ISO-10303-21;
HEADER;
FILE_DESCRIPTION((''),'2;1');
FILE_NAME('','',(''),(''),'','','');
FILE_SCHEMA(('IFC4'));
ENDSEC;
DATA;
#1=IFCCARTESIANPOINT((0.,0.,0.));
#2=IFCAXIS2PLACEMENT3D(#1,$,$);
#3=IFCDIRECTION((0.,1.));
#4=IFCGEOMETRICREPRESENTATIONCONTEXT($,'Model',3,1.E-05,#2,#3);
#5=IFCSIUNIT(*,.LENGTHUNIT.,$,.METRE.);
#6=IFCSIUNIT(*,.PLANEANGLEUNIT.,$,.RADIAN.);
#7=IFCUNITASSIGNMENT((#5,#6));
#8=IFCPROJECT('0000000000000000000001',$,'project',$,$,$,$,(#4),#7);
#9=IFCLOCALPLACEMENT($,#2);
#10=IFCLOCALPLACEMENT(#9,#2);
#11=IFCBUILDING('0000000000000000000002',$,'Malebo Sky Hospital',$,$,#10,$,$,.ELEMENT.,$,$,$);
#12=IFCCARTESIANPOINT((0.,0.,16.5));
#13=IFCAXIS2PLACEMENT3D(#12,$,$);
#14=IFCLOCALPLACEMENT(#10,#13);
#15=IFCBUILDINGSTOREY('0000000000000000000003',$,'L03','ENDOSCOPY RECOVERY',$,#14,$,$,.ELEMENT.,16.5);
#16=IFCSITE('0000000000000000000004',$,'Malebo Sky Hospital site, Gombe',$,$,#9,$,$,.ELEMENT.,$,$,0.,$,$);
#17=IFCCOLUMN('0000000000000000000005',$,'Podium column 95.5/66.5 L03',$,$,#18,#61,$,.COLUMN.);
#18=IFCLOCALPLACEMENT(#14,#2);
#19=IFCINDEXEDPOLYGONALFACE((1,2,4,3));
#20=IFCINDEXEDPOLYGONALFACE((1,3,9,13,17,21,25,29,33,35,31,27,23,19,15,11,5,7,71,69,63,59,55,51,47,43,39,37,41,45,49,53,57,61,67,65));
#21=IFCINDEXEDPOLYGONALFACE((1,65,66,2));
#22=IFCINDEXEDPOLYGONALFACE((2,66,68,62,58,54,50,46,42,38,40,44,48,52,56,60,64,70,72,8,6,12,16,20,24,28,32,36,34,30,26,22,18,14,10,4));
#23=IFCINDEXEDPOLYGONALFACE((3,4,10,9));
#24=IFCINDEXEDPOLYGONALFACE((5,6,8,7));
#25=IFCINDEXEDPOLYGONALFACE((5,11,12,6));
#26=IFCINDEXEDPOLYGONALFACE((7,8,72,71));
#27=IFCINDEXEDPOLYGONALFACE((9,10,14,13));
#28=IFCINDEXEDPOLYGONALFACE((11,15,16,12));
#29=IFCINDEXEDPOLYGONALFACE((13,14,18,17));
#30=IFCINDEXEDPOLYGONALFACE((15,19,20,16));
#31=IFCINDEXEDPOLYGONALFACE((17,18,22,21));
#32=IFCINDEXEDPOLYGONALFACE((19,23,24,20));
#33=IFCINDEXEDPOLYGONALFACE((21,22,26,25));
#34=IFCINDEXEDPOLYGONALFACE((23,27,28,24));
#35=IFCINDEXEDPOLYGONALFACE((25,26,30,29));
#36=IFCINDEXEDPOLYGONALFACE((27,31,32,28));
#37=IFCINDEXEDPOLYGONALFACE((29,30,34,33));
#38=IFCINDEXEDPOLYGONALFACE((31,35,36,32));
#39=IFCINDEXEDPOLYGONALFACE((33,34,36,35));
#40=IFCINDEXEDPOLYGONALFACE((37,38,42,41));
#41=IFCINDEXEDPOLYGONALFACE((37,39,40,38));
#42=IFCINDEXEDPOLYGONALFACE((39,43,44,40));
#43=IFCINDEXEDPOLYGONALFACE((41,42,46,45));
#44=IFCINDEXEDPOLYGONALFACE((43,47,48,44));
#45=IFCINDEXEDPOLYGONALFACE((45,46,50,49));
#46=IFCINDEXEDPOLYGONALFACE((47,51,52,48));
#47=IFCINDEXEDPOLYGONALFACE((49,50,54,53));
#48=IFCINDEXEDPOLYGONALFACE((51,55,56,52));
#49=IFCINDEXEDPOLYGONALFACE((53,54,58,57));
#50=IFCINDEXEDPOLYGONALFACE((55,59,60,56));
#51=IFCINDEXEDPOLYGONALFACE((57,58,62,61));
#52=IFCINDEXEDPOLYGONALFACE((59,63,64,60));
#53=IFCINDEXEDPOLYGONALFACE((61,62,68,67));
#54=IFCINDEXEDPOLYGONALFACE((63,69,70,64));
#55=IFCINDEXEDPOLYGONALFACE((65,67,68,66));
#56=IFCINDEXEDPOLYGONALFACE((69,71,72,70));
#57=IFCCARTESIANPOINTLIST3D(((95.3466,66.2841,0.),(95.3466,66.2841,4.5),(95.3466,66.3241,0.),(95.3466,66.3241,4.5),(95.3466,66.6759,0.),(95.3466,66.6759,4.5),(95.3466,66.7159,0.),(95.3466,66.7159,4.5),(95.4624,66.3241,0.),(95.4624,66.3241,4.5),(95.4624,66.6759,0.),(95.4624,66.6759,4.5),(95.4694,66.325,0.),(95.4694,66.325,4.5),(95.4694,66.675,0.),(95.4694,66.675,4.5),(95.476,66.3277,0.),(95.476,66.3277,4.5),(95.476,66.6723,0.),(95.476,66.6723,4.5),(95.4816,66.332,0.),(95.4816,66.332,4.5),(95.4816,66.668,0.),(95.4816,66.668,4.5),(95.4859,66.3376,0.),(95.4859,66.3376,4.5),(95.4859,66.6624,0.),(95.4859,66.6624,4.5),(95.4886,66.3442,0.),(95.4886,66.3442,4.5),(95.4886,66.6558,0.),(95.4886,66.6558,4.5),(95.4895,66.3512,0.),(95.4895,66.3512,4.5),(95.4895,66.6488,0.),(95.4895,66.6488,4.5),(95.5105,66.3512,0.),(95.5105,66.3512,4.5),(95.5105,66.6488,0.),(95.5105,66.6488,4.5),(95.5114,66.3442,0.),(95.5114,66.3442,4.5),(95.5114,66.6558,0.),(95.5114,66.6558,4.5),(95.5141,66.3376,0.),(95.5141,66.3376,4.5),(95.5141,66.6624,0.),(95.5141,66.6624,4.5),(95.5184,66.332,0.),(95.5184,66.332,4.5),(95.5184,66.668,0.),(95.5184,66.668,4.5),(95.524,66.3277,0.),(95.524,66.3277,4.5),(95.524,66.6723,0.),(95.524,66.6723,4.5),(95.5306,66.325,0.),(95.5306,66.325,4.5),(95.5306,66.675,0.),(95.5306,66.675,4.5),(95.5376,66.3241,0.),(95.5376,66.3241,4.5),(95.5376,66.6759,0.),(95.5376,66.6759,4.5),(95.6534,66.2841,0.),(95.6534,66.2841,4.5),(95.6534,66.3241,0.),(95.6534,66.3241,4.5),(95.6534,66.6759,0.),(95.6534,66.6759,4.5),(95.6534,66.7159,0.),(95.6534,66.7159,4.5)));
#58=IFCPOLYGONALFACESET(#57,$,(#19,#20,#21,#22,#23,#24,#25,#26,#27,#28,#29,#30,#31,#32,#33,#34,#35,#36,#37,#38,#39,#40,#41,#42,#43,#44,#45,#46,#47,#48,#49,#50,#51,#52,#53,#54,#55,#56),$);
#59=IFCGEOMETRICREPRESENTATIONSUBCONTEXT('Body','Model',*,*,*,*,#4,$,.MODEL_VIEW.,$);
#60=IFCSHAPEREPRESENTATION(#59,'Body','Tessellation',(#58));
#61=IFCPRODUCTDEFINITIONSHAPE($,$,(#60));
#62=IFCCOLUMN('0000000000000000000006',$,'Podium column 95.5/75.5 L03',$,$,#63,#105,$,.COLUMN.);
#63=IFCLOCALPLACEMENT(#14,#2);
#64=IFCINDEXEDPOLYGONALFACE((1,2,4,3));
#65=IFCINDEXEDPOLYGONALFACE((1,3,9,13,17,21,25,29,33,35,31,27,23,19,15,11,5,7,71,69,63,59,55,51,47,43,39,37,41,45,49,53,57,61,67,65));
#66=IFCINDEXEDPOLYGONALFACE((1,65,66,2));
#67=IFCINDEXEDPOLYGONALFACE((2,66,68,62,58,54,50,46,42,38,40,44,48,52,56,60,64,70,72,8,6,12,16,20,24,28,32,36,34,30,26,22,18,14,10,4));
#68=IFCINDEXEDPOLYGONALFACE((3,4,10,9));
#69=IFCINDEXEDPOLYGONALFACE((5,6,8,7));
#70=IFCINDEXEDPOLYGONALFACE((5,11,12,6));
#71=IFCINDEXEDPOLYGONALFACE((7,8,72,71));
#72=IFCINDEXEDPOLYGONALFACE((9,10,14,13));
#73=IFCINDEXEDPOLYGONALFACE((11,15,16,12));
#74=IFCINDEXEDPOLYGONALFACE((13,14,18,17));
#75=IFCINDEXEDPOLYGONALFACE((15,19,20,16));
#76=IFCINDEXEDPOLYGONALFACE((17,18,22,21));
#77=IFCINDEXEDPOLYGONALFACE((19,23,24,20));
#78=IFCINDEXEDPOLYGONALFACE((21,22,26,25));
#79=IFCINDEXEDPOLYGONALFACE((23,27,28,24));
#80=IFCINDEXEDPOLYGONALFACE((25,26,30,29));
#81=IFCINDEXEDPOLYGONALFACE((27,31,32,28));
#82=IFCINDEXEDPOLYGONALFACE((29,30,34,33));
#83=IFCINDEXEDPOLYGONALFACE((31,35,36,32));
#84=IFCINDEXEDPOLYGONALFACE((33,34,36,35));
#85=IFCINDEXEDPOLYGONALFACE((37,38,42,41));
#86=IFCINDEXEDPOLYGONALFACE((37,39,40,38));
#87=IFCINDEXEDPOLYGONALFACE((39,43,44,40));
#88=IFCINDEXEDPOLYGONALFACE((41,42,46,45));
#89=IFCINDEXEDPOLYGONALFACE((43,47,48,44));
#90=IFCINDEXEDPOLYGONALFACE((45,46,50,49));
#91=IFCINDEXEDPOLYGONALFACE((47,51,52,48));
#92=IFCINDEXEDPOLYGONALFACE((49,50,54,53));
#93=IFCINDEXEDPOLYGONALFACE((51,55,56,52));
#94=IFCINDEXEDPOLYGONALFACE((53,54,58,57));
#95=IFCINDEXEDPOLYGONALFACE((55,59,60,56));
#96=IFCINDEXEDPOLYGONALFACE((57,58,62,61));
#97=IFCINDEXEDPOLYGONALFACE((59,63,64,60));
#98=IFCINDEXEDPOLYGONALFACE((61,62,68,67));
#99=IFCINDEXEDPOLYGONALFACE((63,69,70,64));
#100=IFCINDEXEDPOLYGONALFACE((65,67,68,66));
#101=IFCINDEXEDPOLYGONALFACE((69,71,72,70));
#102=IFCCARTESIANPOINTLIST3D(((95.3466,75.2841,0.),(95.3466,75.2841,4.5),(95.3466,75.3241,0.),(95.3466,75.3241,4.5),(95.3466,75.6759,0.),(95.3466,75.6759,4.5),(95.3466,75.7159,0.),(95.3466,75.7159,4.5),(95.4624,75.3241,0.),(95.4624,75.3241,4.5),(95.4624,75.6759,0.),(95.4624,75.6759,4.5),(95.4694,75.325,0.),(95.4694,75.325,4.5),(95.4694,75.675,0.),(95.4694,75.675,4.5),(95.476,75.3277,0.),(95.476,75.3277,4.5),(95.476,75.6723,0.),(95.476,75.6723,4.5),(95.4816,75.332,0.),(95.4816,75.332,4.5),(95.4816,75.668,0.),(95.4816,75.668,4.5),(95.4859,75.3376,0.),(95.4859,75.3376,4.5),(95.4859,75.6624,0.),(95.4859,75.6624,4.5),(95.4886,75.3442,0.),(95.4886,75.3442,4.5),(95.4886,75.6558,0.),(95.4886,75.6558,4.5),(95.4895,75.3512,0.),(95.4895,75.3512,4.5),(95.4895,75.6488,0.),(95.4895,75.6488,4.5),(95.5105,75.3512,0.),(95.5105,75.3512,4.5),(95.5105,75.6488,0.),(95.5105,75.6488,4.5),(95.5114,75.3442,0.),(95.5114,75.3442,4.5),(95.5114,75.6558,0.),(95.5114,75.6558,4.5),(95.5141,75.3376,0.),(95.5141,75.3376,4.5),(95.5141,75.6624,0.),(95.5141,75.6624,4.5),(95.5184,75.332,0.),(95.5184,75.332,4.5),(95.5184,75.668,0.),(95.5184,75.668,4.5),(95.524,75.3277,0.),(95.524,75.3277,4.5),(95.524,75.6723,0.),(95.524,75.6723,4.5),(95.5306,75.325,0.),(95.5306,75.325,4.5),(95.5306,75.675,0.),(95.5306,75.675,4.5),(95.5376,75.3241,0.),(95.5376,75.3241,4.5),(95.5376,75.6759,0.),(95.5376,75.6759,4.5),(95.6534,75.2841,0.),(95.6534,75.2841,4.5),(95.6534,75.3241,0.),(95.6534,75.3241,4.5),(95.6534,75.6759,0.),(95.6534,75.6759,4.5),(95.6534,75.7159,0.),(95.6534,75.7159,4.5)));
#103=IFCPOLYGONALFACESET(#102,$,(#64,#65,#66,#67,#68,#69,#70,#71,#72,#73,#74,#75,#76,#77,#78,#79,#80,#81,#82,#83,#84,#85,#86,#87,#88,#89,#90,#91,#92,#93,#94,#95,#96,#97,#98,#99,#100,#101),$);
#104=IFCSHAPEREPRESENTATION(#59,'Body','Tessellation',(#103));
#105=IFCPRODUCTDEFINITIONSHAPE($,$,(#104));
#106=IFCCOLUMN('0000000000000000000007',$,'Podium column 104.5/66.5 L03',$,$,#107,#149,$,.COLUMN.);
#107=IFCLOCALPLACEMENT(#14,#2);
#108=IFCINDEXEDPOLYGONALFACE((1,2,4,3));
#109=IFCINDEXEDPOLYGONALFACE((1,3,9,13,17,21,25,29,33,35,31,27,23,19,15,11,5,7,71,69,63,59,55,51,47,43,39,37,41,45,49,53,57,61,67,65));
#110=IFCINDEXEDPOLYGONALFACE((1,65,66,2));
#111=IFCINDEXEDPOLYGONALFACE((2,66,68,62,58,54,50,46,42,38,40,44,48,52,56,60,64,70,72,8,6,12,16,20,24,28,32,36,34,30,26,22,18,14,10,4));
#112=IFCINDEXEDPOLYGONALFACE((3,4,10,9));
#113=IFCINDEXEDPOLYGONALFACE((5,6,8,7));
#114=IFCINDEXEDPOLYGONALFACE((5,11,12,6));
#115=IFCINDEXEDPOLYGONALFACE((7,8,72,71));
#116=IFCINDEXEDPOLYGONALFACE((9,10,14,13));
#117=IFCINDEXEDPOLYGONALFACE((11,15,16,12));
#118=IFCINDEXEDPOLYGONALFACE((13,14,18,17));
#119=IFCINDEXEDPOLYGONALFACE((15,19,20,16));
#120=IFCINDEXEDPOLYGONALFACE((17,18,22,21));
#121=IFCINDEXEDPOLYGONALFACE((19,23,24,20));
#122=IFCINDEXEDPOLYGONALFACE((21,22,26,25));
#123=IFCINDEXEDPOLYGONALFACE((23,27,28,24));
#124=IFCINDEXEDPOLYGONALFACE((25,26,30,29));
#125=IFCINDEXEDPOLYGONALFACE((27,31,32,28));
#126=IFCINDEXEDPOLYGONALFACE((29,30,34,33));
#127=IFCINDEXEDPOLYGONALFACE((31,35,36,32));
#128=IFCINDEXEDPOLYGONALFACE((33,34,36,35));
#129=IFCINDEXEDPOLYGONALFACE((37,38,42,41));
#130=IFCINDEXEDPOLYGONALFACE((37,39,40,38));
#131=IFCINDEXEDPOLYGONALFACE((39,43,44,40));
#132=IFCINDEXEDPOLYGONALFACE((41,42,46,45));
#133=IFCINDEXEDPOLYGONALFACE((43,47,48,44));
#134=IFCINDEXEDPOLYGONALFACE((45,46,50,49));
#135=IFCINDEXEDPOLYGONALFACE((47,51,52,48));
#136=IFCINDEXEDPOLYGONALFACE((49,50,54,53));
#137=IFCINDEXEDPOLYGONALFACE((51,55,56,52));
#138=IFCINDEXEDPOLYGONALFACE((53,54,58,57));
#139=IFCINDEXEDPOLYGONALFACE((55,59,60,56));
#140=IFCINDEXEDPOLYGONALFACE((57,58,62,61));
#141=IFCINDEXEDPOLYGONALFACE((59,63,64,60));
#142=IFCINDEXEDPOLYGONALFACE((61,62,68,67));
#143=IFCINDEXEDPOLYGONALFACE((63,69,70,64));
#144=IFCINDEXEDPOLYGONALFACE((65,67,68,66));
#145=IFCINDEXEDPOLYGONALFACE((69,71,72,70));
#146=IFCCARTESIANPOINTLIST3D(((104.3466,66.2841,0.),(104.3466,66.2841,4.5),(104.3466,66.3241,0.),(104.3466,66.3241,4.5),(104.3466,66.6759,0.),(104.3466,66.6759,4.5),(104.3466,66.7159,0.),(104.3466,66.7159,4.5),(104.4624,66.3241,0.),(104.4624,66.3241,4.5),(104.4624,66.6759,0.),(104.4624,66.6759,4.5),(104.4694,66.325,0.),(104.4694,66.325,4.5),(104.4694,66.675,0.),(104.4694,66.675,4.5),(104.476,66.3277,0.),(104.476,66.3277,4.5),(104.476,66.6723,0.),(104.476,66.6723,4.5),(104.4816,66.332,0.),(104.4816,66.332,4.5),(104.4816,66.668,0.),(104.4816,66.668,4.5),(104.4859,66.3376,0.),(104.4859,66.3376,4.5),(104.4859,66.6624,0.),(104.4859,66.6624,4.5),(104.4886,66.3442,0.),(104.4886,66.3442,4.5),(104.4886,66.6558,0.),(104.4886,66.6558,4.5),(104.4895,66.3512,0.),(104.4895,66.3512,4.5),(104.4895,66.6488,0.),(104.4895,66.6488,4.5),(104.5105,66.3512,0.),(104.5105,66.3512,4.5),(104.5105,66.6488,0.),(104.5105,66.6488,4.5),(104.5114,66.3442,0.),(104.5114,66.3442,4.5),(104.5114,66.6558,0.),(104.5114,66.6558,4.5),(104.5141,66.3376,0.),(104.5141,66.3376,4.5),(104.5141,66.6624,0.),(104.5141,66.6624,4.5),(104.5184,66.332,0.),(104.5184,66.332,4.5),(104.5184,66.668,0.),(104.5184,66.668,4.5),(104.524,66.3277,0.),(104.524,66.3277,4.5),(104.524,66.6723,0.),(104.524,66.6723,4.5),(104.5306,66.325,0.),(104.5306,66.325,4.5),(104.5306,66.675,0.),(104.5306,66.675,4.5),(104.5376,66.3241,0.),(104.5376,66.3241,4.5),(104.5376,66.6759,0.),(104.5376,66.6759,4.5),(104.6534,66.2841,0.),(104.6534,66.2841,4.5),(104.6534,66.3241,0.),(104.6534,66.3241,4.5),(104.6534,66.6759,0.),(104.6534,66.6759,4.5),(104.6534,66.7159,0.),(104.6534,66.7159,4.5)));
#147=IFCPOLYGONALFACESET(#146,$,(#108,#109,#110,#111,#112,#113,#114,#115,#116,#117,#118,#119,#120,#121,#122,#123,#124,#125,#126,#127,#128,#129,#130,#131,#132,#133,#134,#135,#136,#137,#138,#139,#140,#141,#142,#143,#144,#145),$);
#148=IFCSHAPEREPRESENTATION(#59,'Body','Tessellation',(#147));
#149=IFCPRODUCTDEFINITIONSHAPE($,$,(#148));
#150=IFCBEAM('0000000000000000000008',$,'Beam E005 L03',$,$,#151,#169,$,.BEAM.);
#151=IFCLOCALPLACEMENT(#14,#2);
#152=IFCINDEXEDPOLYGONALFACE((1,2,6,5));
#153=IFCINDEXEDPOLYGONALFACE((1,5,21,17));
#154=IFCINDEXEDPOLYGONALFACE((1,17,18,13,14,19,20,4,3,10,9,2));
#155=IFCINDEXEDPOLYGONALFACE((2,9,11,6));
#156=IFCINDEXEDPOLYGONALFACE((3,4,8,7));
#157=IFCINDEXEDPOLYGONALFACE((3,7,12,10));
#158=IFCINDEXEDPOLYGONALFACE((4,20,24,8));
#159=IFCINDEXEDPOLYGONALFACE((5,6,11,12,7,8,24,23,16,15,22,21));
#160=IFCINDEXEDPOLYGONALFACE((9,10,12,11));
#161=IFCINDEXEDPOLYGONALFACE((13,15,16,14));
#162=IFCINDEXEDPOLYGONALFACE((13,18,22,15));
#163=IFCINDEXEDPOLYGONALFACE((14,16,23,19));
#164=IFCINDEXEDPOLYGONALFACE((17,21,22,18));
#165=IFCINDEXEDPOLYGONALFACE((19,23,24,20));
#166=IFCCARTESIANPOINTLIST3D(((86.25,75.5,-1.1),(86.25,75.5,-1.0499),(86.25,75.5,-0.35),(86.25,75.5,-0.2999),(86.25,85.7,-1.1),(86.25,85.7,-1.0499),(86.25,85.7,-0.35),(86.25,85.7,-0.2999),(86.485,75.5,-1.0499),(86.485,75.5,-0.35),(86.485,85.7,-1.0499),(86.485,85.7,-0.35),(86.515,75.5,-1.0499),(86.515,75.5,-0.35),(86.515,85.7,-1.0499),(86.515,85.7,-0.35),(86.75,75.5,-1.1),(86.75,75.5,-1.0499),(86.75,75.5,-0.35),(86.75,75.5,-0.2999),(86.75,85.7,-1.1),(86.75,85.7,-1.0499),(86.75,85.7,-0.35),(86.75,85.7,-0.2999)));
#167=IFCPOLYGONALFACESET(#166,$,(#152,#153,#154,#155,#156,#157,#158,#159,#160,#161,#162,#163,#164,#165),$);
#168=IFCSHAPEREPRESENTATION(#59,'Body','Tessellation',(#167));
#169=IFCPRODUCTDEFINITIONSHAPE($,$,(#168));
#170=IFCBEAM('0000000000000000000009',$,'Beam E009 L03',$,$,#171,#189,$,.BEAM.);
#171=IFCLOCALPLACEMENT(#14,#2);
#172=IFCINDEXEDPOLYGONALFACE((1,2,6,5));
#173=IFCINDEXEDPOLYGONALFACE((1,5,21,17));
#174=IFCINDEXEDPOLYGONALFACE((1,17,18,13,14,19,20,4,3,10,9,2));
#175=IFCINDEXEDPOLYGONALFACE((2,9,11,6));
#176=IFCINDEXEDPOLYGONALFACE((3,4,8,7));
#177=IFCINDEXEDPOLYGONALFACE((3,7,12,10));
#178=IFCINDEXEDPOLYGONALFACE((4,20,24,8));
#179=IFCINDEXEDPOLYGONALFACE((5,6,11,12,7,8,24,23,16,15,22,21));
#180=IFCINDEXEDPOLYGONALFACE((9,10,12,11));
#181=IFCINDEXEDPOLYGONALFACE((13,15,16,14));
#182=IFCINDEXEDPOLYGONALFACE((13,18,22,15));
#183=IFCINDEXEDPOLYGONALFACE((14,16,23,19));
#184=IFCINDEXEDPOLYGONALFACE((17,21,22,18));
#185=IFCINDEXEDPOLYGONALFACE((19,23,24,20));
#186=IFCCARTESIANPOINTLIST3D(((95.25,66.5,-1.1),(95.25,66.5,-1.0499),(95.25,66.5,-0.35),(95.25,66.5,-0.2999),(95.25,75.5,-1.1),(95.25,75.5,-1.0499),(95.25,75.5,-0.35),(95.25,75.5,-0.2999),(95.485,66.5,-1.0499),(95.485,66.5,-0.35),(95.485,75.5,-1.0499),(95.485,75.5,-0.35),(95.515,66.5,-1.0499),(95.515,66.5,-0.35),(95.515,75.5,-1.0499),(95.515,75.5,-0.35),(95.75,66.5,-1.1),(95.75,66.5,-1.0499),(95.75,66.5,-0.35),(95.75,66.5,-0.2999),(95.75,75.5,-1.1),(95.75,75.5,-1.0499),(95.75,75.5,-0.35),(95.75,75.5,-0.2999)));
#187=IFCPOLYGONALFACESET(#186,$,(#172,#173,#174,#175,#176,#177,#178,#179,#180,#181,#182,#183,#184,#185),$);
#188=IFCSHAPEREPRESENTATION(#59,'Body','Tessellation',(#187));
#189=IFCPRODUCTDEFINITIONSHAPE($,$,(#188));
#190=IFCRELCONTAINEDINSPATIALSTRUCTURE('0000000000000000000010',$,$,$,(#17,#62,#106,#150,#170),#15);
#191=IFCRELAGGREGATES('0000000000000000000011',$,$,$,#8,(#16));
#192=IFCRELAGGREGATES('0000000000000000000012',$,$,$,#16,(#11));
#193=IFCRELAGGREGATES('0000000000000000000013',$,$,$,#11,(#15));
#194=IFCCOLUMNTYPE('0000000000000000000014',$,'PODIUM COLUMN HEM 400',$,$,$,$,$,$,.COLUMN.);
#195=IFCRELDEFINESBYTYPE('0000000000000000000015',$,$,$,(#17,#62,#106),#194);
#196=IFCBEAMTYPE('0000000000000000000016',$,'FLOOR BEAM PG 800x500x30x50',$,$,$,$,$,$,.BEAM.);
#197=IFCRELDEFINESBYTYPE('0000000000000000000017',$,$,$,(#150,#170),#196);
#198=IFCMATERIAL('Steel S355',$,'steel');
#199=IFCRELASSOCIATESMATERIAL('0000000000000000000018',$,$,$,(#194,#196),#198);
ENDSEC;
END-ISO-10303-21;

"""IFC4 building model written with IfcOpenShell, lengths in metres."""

from ifc_helpers import new_model, si_unit, direction, frame, origin, origin_2d, place, context, subcontext, project, spatial, i_section, extrude, material, material_profile, profile_set, type_object, element, save


model = new_model("IFC4")

# Units and contexts
model_context = context("Model", 3, precision=1e-05, world=origin(), true_north=direction((0.0, 1.0)))
body_context = subcontext(model_context, "Body", "Model", "MODEL_VIEW")
ifc_project = project(units=[si_unit("LENGTHUNIT", "METRE"), si_unit("PLANEANGLEUNIT", "RADIAN")], contexts=[model_context])

# Site, building, storey
site_placement = place(None, origin())
site = spatial("IfcSite", under=ifc_project, at=site_placement, Name="Malebo Sky Hospital site, Gombe", CompositionType="ELEMENT", RefElevation=0.0)
building_placement = place(site_placement, origin())
building = spatial("IfcBuilding", under=site, at=building_placement, Name="Malebo Sky Hospital", CompositionType="ELEMENT")
storey_placement = place(building_placement, frame((0.0, 0.0, 16.5)))
storey = spatial("IfcBuildingStorey", under=building, at=storey_placement, Name="L03", Description="ENDOSCOPY RECOVERY", CompositionType="ELEMENT", Elevation=16.5)

# Columns
ifc_material_1 = material(Name="Steel S355", Category="steel")
ifc_material_profile_1 = material_profile(ifc_material_1, i_section(OverallWidth=0.3069, OverallDepth=0.4319, WebThickness=0.021, FlangeThickness=0.04, FilletRadius=0.0271, at=origin_2d()), Name="HEM 400")
ifc_profile_set_1 = profile_set([ifc_material_profile_1], Name="Steel S355")
column_type = type_object("IfcColumnType", Name="PODIUM COLUMN HEM 400", PredefinedType="COLUMN", material=ifc_profile_set_1)
for number, where, z_axis, x_axis, name in (
    (1, (95.5, 66.5, 0.0), (0.0, 0.0, 1.0), (1.0, 0.0, 0.0), "Podium column 95.5/66.5 L03"),
    (2, (95.5, 75.5, 0.0), (0.0, 0.0, 1.0), (1.0, 0.0, 0.0), "Podium column 95.5/75.5 L03"),
    (3, (104.5, 66.5, 0.0), (0.0, 0.0, 1.0), (1.0, 0.0, 0.0), "Podium column 104.5/66.5 L03"),
):
    element("IfcColumn", number, at=place(storey_placement, frame(where, z_axis=z_axis, x_axis=x_axis)), inside=storey, type_object=column_type, Name=name, PredefinedType="COLUMN", context=body_context, shape_type="SweptSolid", body=[
        extrude(i_section(OverallWidth=0.3069, OverallDepth=0.4319, WebThickness=0.021, FlangeThickness=0.04, FilletRadius=0.0271, at=origin_2d()), origin(), (0.0, 0.0, 1.0), 4.5),
    ])

# Beams
ifc_material_profile_2 = material_profile(ifc_material_1, i_section(OverallWidth=0.5, OverallDepth=0.8, WebThickness=0.03, FlangeThickness=0.05, at=origin_2d()), Name="PG 800x500x30x50")
ifc_profile_set_2 = profile_set([ifc_material_profile_2], Name="Steel S355")
beam_type = type_object("IfcBeamType", Name="FLOOR BEAM PG 800x500x30x50", PredefinedType="BEAM", material=ifc_profile_set_2)
beam_1_placement = place(storey_placement, frame((86.5, 75.5, -0.7), z_axis=(0.0, 1.0, 0.0), x_axis=(-1.0, 0.0, 0.0)))
element("IfcBeam", 4, at=beam_1_placement, inside=storey, type_object=beam_type, Name="Beam E005 L03", PredefinedType="BEAM", context=body_context, shape_type="SweptSolid", body=[
    extrude(i_section(OverallWidth=0.5, OverallDepth=0.8, WebThickness=0.03, FlangeThickness=0.05, at=origin_2d()), origin(), (0.0, 0.0, 1.0), 10.2),
])
beam_2_placement = place(storey_placement, frame((95.5, 66.5, -0.7), z_axis=(0.0, 1.0, 0.0), x_axis=(-1.0, 0.0, 0.0)))
element("IfcBeam", 5, at=beam_2_placement, inside=storey, type_object=beam_type, Name="Beam E009 L03", PredefinedType="BEAM", context=body_context, shape_type="SweptSolid", body=[
    extrude(i_section(OverallWidth=0.5, OverallDepth=0.8, WebThickness=0.03, FlangeThickness=0.05, at=origin_2d()), origin(), (0.0, 0.0, 1.0), 9.0),
])

save(model, "model.ifc")
